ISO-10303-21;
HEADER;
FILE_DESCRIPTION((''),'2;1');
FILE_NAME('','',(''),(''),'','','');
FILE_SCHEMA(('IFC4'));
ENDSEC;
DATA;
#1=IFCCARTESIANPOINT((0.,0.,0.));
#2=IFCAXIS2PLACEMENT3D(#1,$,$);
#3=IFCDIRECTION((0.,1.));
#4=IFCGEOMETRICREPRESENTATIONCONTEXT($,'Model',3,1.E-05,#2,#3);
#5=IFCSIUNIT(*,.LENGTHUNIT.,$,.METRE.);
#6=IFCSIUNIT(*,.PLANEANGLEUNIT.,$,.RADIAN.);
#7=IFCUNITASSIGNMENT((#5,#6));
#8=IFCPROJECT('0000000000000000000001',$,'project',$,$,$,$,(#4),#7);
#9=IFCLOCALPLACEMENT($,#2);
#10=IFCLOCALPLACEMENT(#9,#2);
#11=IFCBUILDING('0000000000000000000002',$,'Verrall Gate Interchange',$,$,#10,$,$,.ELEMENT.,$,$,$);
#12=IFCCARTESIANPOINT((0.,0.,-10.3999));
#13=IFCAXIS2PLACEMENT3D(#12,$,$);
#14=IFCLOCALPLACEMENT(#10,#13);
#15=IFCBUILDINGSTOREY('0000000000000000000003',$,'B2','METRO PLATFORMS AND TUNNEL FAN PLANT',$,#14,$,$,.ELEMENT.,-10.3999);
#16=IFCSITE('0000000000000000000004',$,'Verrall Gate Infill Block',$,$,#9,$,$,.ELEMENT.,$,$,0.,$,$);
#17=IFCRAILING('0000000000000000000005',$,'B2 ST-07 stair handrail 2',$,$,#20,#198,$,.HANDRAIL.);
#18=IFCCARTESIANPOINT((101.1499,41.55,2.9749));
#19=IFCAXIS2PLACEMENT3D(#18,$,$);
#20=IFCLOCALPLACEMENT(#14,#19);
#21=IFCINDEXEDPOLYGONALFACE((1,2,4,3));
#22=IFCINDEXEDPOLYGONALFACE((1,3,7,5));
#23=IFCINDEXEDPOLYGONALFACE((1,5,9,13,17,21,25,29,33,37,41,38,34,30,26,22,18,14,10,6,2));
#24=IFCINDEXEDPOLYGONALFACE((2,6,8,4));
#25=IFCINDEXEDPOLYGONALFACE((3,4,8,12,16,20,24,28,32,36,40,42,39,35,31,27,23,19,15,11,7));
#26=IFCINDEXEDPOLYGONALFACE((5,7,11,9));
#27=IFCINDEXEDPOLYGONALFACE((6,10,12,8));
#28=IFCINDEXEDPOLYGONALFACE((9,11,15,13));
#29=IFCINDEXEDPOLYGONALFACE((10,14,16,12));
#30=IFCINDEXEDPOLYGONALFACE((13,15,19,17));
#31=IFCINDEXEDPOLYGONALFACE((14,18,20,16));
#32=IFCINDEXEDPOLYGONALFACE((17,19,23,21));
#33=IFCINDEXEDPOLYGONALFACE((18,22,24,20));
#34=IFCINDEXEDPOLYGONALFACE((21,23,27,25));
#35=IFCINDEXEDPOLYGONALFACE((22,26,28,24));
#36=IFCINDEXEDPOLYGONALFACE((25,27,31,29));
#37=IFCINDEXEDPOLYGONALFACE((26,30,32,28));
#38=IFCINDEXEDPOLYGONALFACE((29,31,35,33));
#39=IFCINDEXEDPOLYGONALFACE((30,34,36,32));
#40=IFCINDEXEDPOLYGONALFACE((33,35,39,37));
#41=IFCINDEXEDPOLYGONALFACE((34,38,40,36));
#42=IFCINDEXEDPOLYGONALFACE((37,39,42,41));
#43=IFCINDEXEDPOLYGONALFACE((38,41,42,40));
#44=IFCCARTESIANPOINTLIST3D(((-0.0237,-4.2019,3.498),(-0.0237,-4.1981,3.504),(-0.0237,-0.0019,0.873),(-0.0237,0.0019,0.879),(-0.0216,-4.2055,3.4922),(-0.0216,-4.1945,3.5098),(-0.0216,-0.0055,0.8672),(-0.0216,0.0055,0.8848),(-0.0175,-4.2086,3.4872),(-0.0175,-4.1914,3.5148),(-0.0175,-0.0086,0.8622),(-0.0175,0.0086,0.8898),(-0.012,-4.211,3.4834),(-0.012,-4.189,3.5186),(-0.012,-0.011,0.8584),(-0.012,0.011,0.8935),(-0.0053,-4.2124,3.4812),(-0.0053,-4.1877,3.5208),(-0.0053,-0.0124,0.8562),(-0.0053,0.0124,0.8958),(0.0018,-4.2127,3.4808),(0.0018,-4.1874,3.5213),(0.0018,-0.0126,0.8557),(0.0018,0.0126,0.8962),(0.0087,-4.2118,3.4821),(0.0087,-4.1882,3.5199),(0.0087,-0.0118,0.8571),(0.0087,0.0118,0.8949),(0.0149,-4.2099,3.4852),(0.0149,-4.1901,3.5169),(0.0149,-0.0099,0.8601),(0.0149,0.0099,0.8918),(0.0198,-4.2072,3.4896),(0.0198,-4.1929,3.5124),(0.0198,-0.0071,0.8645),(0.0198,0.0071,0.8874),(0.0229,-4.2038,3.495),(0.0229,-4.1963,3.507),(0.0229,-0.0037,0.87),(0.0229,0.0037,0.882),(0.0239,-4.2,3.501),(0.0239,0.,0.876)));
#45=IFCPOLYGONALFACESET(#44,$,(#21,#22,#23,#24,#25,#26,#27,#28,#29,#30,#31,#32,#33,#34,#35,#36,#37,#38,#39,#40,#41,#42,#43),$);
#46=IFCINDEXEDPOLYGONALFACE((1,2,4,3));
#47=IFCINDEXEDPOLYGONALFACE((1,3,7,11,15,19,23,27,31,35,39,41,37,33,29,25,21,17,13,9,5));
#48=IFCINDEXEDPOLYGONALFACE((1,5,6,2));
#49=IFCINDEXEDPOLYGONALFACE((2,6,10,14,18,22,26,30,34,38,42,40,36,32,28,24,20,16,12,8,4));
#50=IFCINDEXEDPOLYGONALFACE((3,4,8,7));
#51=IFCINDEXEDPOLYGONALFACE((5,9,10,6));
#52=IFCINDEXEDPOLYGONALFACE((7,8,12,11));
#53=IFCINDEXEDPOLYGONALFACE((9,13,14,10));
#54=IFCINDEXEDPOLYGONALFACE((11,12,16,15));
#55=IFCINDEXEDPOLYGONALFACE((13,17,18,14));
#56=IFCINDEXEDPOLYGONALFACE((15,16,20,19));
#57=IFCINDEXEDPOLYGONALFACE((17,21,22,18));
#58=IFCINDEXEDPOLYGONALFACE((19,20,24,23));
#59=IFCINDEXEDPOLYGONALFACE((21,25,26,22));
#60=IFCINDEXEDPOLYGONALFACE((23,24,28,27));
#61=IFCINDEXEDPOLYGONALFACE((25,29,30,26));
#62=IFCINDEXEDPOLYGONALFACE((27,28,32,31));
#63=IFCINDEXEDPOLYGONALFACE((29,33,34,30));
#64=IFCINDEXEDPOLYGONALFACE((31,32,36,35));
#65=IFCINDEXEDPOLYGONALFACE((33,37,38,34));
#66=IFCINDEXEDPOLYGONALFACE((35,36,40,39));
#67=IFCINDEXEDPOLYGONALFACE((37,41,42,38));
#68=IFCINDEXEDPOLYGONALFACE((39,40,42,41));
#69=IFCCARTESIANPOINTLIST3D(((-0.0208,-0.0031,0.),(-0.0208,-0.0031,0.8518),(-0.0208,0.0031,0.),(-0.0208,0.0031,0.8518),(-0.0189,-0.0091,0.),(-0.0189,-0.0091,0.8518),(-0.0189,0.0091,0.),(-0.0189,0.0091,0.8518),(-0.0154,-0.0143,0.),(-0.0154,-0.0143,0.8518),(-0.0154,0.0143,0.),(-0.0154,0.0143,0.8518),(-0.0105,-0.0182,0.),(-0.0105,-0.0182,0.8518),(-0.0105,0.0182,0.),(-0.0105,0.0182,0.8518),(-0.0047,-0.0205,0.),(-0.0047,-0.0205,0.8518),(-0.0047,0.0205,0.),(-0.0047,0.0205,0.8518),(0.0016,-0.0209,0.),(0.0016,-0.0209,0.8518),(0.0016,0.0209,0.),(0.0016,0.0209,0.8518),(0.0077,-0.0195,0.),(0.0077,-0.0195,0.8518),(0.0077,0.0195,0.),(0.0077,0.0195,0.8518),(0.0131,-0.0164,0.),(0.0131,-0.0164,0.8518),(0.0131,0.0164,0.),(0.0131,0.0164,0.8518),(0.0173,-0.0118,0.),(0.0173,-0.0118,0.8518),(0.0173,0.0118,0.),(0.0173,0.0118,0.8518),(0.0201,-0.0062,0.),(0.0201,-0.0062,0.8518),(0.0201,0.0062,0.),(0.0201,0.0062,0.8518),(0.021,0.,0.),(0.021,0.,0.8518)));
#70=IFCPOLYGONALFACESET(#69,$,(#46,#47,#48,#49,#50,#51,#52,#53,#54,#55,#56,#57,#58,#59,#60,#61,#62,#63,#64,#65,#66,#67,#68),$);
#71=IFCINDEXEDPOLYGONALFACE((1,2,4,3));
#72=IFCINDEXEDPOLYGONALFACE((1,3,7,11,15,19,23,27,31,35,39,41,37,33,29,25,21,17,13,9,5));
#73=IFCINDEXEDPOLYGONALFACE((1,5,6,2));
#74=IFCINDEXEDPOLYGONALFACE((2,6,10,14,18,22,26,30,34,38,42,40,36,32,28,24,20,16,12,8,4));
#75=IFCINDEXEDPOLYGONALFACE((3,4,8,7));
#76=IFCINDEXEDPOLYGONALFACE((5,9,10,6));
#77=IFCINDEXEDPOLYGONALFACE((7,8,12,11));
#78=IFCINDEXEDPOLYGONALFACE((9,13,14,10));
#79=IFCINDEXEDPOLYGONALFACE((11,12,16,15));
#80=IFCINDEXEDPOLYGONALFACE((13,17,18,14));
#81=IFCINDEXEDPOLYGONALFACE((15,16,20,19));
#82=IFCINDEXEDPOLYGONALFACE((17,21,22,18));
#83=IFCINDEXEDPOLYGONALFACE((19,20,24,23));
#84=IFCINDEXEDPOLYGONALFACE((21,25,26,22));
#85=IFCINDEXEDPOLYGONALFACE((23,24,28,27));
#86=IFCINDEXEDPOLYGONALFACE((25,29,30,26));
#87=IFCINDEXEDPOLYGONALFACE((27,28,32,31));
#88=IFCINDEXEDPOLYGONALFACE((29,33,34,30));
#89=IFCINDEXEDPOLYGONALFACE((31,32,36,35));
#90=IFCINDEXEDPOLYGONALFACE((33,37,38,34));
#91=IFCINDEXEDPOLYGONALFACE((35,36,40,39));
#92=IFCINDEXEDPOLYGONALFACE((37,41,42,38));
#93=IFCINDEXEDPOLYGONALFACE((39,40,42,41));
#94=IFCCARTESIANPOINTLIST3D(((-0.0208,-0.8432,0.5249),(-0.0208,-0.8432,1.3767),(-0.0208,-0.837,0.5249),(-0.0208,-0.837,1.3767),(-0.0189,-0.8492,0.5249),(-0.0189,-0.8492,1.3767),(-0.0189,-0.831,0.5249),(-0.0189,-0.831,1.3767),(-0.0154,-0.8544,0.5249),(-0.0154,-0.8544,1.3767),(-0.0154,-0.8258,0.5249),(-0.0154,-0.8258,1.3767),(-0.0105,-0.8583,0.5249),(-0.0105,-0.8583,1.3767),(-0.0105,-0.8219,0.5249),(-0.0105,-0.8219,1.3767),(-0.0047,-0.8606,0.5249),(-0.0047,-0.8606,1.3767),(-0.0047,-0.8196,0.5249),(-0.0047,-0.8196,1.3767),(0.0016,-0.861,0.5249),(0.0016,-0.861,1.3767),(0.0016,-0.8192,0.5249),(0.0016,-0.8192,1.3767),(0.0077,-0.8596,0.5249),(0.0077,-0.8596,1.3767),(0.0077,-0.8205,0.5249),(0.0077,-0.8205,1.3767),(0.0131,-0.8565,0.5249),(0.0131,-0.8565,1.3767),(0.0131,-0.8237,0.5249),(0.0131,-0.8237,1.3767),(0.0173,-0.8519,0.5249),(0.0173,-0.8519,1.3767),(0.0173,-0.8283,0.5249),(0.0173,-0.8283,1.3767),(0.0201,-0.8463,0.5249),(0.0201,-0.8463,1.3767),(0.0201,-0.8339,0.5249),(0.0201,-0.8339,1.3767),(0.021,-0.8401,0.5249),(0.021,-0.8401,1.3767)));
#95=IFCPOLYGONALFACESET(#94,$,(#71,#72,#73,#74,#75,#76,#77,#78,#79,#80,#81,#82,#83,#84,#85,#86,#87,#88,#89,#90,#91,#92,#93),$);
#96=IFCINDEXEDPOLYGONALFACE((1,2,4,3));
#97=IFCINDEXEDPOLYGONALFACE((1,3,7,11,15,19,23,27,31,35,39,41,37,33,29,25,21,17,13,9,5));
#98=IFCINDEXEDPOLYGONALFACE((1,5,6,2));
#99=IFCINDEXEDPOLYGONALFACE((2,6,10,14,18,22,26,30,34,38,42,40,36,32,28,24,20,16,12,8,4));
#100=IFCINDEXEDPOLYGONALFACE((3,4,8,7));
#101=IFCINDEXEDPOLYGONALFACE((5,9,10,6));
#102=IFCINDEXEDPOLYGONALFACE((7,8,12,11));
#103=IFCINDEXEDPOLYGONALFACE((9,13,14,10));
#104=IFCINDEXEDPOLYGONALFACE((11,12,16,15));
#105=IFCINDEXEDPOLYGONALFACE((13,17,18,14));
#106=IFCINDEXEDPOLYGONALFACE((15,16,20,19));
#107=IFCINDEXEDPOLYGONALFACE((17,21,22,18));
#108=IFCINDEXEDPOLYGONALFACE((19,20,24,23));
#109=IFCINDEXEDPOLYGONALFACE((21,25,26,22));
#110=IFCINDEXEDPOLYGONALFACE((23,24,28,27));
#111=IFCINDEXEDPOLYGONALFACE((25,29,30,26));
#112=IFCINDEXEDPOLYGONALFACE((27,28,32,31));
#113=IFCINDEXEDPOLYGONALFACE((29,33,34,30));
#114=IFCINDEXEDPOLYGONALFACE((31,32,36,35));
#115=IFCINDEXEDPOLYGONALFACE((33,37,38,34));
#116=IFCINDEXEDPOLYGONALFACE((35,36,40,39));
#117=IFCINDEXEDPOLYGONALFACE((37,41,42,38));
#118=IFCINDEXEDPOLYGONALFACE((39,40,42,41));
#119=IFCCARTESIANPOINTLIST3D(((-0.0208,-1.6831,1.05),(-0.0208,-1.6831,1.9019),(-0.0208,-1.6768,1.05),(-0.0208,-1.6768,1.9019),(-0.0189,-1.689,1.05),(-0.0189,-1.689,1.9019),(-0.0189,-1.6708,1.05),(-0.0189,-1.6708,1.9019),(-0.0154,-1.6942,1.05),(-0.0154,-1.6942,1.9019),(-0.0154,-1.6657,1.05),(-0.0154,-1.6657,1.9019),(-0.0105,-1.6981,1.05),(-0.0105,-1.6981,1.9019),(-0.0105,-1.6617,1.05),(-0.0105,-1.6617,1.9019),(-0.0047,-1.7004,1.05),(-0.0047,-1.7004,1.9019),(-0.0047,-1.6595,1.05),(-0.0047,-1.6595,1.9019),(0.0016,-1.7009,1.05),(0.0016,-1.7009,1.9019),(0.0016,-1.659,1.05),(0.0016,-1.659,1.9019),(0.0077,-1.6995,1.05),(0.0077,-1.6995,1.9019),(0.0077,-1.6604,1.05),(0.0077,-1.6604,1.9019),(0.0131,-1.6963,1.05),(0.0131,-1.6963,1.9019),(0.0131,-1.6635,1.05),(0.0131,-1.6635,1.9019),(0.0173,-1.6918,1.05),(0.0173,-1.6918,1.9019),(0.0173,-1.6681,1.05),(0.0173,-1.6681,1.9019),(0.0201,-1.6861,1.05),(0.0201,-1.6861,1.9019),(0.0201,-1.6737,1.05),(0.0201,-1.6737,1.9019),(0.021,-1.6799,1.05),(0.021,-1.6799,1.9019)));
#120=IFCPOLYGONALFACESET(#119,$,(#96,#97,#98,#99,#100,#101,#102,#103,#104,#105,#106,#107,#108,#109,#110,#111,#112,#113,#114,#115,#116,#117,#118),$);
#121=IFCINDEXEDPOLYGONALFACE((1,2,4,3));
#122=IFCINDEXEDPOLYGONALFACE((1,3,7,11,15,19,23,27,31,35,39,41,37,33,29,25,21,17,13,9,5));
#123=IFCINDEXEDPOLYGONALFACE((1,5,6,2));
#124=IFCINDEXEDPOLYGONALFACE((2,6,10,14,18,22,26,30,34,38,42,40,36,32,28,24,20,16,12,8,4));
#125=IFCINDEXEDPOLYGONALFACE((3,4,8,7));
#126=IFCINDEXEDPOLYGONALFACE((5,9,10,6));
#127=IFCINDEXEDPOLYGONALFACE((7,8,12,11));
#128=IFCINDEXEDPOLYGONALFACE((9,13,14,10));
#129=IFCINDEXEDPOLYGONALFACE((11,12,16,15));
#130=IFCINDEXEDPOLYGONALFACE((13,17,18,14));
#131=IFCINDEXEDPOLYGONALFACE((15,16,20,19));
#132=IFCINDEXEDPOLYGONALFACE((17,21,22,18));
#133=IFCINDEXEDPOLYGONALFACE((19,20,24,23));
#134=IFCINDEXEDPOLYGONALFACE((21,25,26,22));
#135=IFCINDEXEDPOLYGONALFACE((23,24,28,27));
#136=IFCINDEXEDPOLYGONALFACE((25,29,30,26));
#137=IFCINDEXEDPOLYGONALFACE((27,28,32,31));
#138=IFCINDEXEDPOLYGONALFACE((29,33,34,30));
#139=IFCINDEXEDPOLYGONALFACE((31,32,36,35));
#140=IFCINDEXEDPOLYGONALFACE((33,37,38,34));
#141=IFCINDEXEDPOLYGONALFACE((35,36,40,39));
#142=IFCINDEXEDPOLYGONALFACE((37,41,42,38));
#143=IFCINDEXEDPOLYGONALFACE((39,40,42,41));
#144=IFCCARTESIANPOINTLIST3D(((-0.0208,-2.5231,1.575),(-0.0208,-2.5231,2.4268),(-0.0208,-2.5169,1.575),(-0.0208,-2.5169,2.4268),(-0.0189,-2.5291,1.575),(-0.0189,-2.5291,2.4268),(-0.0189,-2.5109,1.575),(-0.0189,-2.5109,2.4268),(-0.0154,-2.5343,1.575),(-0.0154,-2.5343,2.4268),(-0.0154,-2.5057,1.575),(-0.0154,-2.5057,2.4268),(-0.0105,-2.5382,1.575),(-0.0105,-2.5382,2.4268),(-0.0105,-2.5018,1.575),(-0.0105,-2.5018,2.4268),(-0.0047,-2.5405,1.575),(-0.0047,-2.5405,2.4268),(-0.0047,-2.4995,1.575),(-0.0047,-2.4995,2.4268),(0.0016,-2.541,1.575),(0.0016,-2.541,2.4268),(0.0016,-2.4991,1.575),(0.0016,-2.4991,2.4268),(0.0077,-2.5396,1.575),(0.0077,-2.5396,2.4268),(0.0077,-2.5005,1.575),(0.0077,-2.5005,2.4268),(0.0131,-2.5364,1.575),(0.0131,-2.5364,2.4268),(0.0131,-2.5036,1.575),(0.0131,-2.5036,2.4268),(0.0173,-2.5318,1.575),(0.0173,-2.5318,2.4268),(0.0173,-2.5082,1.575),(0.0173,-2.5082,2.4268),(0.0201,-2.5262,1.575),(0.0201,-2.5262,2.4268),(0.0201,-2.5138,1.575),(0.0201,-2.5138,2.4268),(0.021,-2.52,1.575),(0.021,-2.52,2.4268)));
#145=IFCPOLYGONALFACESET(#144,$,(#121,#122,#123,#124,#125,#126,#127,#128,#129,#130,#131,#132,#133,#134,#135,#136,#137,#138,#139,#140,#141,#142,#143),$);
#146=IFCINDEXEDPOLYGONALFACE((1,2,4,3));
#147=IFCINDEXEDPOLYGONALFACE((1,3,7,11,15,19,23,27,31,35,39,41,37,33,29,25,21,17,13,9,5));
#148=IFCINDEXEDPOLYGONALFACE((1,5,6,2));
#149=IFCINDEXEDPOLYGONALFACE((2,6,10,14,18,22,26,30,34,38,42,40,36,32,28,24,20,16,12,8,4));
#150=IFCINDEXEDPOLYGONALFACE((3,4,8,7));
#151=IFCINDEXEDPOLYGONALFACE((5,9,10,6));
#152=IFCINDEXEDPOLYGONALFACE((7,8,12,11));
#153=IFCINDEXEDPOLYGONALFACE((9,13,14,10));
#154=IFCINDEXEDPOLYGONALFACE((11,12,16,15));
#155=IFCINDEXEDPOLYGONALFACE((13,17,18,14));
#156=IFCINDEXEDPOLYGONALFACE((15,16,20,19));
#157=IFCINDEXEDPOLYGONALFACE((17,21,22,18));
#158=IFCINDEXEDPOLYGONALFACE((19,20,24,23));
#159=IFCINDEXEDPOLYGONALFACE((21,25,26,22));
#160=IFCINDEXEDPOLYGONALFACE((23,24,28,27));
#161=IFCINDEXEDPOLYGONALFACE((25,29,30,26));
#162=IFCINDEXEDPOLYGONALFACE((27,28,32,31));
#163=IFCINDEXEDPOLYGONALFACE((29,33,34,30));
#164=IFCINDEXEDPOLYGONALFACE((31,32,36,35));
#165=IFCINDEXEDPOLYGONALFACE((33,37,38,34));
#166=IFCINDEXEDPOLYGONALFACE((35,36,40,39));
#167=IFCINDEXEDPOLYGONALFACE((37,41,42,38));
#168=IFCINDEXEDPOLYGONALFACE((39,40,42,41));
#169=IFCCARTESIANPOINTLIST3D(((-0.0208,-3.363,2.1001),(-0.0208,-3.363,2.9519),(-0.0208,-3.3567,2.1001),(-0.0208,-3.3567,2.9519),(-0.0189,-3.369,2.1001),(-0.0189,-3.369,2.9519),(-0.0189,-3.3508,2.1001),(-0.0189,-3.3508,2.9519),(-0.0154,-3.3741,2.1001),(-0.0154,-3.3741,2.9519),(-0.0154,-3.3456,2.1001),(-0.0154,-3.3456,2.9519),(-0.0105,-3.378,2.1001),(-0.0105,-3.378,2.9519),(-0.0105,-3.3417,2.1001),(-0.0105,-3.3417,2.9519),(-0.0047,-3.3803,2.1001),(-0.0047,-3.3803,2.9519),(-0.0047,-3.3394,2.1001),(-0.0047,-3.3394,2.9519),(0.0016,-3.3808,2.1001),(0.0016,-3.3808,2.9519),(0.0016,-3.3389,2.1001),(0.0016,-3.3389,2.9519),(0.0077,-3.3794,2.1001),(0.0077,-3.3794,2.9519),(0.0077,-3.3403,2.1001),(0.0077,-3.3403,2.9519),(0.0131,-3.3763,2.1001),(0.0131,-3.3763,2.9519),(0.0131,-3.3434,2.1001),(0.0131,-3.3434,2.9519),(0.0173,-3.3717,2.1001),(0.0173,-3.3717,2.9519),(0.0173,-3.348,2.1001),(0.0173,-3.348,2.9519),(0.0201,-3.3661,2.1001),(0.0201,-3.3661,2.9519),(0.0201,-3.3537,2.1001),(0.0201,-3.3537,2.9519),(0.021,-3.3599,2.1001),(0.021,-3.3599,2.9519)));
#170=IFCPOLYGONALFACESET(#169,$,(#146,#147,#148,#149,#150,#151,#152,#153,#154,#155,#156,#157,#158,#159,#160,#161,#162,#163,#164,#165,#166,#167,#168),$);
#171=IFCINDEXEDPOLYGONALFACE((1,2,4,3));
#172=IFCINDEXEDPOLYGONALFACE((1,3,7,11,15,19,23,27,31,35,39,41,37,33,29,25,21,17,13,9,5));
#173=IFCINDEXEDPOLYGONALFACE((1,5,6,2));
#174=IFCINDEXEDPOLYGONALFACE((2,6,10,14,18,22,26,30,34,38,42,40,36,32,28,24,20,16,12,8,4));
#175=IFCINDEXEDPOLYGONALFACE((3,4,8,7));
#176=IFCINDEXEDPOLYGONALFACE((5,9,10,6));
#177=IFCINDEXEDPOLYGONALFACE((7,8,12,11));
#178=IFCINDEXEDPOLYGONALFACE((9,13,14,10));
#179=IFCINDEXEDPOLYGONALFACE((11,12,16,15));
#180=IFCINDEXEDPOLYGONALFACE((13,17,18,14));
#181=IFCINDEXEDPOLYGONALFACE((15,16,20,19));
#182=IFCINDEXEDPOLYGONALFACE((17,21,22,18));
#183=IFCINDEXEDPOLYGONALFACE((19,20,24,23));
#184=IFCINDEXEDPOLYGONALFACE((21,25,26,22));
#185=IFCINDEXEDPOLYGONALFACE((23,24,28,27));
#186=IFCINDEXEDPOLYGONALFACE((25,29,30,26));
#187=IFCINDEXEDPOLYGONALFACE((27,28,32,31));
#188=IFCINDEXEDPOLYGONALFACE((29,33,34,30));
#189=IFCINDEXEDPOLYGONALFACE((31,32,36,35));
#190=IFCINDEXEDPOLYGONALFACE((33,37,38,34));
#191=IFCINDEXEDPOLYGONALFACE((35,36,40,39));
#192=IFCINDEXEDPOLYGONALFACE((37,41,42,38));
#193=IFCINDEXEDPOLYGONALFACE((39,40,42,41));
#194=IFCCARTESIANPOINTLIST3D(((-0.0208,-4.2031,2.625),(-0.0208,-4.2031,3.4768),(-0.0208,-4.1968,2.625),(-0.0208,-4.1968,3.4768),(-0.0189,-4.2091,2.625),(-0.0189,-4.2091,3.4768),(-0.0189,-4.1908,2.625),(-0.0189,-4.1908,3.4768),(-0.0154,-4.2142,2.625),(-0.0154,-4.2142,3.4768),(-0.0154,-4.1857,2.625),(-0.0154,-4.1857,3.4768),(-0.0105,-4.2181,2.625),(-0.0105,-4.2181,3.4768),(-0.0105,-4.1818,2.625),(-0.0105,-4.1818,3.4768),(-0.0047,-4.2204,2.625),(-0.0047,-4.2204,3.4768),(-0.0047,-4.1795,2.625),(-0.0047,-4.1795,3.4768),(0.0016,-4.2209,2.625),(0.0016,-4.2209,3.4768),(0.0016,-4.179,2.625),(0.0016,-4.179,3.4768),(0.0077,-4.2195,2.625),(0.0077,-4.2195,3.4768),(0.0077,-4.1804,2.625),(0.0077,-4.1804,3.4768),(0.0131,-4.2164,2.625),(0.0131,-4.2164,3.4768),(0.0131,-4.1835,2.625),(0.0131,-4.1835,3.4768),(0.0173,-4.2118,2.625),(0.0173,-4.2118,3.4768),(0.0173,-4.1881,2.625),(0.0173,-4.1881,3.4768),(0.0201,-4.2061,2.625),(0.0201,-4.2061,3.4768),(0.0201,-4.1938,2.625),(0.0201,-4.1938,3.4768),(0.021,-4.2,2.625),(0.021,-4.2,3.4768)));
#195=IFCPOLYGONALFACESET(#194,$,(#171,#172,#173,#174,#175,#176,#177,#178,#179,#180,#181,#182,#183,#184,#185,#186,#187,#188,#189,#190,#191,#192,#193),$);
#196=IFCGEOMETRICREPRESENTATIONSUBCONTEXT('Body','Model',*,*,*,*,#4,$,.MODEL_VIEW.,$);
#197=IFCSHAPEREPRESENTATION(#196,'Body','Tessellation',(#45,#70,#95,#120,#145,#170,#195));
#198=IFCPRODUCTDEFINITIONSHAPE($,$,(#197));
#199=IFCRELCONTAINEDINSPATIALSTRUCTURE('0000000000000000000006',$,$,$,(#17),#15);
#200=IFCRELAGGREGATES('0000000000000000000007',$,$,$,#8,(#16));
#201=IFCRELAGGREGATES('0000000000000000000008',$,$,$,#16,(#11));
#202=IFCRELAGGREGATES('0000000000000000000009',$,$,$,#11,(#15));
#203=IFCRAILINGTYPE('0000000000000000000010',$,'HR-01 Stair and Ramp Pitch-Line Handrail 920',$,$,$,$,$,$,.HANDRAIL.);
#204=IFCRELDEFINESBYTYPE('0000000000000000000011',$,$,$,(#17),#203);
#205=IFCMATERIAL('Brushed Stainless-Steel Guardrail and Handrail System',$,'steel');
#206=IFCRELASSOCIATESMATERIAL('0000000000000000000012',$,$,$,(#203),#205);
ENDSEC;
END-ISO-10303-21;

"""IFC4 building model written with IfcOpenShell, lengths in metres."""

from ifc_helpers import new_model, si_unit, direction, frame, origin, origin_2d, place, context, subcontext, project, spatial, circle, extrude, material, type_object, element, save


model = new_model("IFC4")

# Units and contexts
model_context = context("Model", 3, precision=1e-05, world=origin(), true_north=direction((0.0, 1.0)))
body_context = subcontext(model_context, "Body", "Model", "MODEL_VIEW")
ifc_project = project(units=[si_unit("LENGTHUNIT", "METRE"), si_unit("PLANEANGLEUNIT", "RADIAN")], contexts=[model_context])

# Site, building, storey
site_placement = place(None, origin())
site = spatial("IfcSite", under=ifc_project, at=site_placement, Name="Verrall Gate Infill Block", CompositionType="ELEMENT", RefElevation=0.0)
building_placement = place(site_placement, origin())
building = spatial("IfcBuilding", under=site, at=building_placement, Name="Verrall Gate Interchange", CompositionType="ELEMENT")
storey_placement = place(building_placement, frame((0.0, 0.0, -10.3999)))
storey = spatial("IfcBuildingStorey", under=building, at=storey_placement, Name="B2", Description="METRO PLATFORMS AND TUNNEL FAN PLANT", CompositionType="ELEMENT", Elevation=-10.3999)

# Railing
ifc_material_1 = material(Name="Brushed Stainless-Steel Guardrail and Handrail System", Category="steel")
railing_type_1 = type_object("IfcRailingType", Name="HR-01 Stair and Ramp Pitch-Line Handrail 920", PredefinedType="HANDRAIL", material=ifc_material_1)
railing_1_placement = place(storey_placement, frame((101.1499, 41.55, 2.9749)))
element("IfcRailing", 1, at=railing_1_placement, inside=storey, type_object=railing_type_1, Name="B2 ST-07 stair handrail 2", PredefinedType="HANDRAIL", context=body_context, shape_type="SweptSolid", body=[
    extrude(circle(Radius=0.0239, at=origin_2d()), frame((0.0, 0.0, 0.876), z_axis=(0.0, -0.847996, 0.530003), x_axis=(1.0, 0.0, 0.0)), (0.0, 0.0, 1.0), 4.9529),
    extrude(circle(Radius=0.021, at=origin_2d()), origin(), (0.0, 0.0, 1.0), 0.8518),
    extrude(circle(Radius=0.021, at=origin_2d()), frame((0.0, -0.8401, 0.5249)), (0.0, 0.0, 1.0), 0.8518),
    extrude(circle(Radius=0.021, at=origin_2d()), frame((0.0, -1.6799, 1.05)), (0.0, 0.0, 1.0), 0.8518),
    extrude(circle(Radius=0.021, at=origin_2d()), frame((0.0, -2.52, 1.575)), (0.0, 0.0, 1.0), 0.8518),
    extrude(circle(Radius=0.021, at=origin_2d()), frame((0.0, -3.3599, 2.1001)), (0.0, 0.0, 1.0), 0.8518),
    extrude(circle(Radius=0.021, at=origin_2d()), frame((0.0, -4.2, 2.625)), (0.0, 0.0, 1.0), 0.8518),
])

save(model, "model.ifc")
